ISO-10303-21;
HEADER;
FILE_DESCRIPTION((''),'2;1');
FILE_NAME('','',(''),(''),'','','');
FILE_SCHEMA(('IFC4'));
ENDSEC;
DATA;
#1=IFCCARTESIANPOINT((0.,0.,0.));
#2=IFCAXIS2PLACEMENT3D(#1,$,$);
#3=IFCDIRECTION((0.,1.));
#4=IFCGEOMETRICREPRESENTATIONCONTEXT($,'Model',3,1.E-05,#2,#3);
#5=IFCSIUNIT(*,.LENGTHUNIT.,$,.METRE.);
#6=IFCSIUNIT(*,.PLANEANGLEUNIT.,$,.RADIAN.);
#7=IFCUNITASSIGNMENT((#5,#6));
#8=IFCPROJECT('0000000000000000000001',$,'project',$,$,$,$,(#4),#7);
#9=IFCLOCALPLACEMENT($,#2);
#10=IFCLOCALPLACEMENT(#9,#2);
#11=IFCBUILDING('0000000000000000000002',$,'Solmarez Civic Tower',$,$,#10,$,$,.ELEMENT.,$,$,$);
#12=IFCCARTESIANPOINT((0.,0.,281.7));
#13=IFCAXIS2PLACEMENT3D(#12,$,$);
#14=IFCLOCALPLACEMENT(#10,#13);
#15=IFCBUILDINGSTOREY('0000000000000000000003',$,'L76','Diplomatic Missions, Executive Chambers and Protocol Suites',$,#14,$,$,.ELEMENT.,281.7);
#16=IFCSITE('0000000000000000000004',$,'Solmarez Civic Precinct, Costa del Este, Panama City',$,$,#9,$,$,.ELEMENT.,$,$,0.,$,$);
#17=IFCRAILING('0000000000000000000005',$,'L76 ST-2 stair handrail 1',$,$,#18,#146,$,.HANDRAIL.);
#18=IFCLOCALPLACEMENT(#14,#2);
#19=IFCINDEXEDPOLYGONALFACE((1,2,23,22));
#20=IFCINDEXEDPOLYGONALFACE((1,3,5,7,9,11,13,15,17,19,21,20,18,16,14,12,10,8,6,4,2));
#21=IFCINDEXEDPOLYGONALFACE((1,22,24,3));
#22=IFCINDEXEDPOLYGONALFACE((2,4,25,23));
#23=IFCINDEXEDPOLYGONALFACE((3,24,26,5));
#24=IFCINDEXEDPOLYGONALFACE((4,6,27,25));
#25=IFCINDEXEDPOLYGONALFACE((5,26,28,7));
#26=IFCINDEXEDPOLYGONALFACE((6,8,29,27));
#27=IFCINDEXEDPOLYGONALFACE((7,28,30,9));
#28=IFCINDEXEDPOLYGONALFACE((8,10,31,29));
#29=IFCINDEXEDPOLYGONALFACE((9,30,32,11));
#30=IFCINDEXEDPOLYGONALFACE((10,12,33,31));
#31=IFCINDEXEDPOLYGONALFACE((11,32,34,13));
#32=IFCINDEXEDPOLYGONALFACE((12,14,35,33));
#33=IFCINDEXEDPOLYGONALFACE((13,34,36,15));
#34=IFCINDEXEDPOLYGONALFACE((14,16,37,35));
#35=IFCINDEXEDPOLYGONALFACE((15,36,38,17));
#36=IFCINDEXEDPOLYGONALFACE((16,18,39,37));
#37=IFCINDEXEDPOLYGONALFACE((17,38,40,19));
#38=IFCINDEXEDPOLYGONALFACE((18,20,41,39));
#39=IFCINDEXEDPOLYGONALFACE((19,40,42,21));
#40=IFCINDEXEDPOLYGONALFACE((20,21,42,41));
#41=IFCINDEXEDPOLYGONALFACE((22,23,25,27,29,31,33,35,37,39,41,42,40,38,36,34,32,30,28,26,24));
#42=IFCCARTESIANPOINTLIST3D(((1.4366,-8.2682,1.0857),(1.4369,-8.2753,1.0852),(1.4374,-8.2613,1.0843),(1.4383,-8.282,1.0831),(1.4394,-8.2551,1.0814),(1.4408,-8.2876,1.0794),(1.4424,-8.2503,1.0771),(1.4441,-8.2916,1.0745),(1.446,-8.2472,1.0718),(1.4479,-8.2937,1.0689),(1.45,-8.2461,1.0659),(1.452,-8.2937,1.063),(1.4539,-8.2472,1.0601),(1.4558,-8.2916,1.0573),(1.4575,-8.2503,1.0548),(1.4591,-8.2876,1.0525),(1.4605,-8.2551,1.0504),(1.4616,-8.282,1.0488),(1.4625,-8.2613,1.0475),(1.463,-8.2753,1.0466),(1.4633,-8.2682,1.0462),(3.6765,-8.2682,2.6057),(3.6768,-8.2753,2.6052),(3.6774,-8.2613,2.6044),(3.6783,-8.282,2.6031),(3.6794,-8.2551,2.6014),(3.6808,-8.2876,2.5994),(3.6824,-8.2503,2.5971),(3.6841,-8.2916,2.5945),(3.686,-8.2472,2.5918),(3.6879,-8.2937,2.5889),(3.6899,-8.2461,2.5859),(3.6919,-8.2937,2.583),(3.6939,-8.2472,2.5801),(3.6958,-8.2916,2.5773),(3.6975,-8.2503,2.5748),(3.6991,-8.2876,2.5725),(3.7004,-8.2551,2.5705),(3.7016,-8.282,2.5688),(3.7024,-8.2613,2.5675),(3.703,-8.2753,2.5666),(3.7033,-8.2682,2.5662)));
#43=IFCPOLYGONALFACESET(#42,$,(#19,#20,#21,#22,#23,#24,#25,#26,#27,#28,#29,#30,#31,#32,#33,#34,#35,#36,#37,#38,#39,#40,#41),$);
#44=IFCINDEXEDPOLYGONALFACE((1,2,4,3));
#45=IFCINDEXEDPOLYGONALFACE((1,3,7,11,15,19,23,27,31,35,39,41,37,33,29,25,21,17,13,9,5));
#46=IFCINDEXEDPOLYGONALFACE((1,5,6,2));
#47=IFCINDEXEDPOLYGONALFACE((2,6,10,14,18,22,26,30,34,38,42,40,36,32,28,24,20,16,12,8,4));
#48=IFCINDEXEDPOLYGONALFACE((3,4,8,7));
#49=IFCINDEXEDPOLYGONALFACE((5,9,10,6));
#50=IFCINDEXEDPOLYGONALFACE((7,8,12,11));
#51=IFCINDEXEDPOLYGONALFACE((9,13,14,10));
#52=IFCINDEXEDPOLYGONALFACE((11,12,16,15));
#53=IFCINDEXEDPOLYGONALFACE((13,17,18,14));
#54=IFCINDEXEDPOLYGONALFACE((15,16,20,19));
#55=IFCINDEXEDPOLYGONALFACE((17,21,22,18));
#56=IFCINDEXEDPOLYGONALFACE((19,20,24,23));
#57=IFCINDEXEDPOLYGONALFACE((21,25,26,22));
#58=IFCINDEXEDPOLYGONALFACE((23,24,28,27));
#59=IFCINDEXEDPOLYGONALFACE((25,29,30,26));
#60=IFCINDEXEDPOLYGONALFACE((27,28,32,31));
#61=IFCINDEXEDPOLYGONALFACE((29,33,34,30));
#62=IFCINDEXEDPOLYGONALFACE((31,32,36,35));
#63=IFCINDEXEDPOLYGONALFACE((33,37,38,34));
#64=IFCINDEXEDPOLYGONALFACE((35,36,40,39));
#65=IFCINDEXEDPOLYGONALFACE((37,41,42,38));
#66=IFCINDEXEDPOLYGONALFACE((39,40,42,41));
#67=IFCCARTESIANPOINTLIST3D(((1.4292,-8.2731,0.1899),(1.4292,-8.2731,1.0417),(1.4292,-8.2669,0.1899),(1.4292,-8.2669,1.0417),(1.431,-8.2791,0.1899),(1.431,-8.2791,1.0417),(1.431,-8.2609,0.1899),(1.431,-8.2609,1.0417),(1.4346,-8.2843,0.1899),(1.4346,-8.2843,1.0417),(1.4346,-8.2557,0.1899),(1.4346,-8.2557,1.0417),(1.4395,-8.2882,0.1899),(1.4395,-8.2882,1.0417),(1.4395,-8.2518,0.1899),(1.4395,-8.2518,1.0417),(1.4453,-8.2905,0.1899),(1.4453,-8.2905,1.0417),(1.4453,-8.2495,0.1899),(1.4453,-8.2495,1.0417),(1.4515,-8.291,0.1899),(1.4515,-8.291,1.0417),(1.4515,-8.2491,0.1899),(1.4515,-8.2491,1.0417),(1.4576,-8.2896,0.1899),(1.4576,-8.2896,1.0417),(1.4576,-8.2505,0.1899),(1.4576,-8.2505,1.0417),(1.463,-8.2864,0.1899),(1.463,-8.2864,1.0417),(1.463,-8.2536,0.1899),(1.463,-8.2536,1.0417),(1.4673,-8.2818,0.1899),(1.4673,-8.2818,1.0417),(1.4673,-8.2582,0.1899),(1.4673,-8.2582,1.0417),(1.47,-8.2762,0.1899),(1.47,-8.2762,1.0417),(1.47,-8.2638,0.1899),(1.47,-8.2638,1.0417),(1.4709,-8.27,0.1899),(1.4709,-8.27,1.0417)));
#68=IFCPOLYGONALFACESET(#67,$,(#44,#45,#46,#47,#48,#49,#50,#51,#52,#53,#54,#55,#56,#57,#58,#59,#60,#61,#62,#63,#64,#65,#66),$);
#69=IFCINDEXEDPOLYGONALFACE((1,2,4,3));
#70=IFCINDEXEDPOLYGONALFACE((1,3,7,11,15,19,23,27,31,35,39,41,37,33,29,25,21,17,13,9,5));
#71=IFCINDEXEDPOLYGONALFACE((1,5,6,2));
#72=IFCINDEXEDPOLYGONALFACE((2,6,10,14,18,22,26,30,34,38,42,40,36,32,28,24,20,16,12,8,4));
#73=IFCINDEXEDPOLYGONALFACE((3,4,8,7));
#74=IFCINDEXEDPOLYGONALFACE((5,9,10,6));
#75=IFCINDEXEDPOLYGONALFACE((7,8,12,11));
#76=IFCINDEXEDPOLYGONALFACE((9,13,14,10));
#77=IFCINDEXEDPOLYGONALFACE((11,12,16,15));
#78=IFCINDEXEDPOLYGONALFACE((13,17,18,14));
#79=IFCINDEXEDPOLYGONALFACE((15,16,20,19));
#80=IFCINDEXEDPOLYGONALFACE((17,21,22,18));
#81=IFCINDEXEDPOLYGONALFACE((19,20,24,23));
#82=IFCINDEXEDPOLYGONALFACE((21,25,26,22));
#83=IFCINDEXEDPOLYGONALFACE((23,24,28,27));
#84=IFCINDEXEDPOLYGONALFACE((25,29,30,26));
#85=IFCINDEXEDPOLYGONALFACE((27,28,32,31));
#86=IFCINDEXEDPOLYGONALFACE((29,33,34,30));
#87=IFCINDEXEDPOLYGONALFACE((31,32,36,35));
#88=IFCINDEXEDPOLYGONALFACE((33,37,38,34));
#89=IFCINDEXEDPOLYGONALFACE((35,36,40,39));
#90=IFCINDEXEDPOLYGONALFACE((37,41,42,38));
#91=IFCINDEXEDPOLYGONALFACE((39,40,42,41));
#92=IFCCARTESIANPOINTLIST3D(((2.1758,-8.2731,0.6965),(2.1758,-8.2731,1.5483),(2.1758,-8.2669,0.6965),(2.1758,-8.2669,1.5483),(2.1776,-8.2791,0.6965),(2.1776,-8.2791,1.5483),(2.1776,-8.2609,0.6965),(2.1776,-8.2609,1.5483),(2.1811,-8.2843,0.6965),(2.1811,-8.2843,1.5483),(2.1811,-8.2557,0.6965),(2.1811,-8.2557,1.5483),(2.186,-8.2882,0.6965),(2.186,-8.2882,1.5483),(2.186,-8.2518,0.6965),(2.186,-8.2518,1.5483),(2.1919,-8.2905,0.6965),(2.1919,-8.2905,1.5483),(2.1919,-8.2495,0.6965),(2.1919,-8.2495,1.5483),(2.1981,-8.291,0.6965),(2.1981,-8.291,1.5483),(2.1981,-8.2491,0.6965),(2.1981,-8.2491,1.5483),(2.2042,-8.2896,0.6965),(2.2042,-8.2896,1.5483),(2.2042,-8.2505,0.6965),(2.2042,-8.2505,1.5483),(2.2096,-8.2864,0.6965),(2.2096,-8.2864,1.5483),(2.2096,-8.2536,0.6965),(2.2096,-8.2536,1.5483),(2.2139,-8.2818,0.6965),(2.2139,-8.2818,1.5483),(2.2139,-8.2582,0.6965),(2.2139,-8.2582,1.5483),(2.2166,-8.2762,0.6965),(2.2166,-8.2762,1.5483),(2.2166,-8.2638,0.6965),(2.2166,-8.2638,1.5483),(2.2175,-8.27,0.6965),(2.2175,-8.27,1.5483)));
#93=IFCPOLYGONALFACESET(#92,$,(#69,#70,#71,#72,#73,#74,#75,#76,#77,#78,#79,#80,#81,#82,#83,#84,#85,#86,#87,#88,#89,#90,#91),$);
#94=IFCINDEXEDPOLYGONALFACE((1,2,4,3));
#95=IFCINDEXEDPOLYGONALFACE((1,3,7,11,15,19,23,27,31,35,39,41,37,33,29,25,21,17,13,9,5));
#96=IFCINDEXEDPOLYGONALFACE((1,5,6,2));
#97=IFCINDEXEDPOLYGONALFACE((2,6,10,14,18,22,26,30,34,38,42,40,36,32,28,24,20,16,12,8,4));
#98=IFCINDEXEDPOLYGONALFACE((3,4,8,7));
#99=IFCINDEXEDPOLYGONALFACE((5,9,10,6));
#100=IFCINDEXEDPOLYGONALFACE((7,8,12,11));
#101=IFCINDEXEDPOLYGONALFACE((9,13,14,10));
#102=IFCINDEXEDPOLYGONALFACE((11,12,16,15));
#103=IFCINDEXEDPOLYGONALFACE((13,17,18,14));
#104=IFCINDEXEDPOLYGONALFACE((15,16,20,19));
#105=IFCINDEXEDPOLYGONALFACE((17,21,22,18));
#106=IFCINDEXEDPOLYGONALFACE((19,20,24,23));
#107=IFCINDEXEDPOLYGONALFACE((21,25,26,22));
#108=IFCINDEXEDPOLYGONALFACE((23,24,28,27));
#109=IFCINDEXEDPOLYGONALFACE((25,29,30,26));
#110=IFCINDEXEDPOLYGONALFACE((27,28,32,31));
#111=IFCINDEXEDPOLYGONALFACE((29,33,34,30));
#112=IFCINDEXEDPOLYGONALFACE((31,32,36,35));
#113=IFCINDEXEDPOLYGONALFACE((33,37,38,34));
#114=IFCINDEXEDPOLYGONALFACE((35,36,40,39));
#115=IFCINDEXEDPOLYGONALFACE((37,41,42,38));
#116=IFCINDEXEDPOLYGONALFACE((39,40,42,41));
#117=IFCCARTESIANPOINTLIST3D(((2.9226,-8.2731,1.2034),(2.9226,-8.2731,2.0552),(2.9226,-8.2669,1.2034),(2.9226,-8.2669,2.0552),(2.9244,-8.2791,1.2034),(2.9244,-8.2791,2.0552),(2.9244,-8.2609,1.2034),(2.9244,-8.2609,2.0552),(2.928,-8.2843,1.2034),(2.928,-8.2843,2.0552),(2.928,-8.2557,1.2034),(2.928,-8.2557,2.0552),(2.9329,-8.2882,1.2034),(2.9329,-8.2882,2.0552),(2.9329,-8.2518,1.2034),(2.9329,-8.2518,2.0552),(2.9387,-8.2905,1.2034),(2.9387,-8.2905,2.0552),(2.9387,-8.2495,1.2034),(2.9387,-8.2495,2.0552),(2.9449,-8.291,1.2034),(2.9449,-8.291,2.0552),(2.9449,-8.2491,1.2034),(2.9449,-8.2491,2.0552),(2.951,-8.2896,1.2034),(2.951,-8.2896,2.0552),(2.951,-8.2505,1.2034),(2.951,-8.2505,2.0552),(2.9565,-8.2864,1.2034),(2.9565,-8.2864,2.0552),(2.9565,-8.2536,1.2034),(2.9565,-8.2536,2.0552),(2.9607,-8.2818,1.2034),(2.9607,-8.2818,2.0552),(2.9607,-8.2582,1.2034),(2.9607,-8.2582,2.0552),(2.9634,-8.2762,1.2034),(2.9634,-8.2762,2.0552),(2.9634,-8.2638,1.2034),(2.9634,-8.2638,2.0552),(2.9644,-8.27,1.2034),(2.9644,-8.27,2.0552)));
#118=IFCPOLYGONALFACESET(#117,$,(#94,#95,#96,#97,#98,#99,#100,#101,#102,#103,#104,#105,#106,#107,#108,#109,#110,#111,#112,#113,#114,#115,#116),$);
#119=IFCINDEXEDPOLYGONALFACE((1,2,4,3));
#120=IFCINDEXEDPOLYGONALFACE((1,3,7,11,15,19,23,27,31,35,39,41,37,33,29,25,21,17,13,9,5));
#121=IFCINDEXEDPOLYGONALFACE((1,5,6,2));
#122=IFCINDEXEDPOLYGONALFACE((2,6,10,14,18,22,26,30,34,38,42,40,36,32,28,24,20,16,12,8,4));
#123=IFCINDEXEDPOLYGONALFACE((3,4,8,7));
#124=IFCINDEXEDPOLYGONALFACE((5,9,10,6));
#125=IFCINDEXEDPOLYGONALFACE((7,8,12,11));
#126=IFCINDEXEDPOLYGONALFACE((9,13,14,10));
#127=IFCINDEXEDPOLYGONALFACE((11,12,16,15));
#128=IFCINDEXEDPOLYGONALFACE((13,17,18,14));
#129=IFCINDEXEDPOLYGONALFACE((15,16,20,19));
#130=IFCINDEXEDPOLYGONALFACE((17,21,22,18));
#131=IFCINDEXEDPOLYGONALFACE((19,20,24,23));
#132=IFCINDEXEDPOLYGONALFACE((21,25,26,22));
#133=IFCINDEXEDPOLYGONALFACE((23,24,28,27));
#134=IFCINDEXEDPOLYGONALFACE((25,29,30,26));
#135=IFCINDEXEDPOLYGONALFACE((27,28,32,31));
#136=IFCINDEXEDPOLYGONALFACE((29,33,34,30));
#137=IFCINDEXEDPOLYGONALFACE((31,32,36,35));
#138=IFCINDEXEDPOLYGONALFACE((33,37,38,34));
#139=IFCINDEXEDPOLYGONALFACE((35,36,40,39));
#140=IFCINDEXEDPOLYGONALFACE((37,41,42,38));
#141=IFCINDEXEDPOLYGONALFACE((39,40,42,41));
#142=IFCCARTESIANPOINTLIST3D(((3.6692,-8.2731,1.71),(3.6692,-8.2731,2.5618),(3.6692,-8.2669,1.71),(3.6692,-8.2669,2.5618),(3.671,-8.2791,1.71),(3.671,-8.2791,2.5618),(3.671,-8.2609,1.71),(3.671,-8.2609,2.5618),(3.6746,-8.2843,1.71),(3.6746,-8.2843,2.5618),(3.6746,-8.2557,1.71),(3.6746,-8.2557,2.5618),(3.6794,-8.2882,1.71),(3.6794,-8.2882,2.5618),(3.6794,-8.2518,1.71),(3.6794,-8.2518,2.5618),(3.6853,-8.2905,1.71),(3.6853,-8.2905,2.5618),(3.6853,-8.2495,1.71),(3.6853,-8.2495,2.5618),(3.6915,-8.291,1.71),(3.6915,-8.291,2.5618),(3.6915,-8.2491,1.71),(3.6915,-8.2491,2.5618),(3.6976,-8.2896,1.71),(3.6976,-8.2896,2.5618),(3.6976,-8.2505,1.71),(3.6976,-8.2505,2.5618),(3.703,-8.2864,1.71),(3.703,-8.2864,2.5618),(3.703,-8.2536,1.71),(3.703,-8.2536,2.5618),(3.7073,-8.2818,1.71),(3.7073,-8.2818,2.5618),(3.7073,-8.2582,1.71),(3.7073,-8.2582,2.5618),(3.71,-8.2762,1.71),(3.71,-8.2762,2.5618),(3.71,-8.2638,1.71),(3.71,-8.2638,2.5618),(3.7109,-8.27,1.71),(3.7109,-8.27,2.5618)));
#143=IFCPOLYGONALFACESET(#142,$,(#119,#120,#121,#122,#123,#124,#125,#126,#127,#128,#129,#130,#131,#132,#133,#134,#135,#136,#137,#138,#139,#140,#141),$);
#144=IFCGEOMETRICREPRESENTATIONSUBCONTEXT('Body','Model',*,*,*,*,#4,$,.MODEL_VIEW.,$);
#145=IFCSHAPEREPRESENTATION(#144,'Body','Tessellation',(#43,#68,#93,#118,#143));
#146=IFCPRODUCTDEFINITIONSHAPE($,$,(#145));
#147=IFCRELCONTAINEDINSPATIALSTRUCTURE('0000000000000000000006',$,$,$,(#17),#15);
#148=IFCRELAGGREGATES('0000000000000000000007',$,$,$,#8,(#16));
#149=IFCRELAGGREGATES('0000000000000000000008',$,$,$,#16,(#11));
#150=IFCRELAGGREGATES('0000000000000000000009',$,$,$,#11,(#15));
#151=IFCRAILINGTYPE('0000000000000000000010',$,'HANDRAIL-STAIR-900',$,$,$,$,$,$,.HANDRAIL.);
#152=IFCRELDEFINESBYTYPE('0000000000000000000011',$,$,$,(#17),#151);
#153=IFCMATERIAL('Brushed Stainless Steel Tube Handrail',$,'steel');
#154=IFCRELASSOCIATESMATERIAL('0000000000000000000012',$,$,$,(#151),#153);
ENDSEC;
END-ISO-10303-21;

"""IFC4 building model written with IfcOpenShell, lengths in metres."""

from ifc_helpers import new_model, si_unit, direction, frame, origin, origin_2d, place, context, subcontext, project, spatial, circle, extrude, material, type_object, element, save


model = new_model("IFC4")

# Units and contexts
model_context = context("Model", 3, precision=1e-05, world=origin(), true_north=direction((0.0, 1.0)))
body_context = subcontext(model_context, "Body", "Model", "MODEL_VIEW")
ifc_project = project(units=[si_unit("LENGTHUNIT", "METRE"), si_unit("PLANEANGLEUNIT", "RADIAN")], contexts=[model_context])

# Site, building, storey
site_placement = place(None, origin())
site = spatial("IfcSite", under=ifc_project, at=site_placement, Name="Solmarez Civic Precinct, Costa del Este, Panama City", CompositionType="ELEMENT", RefElevation=0.0)
building_placement = place(site_placement, origin())
building = spatial("IfcBuilding", under=site, at=building_placement, Name="Solmarez Civic Tower", CompositionType="ELEMENT")
storey_placement = place(building_placement, frame((0.0, 0.0, 281.7)))
storey = spatial("IfcBuildingStorey", under=building, at=storey_placement, Name="L76", Description="Diplomatic Missions, Executive Chambers and Protocol Suites", CompositionType="ELEMENT", Elevation=281.7)

# Railing
ifc_material_1 = material(Name="Brushed Stainless Steel Tube Handrail", Category="steel")
railing_type_1 = type_object("IfcRailingType", Name="HANDRAIL-STAIR-900", PredefinedType="HANDRAIL", material=ifc_material_1)
railing_1_placement = place(storey_placement, frame((1.45, -8.27, 0.1899)))
element("IfcRailing", 1, at=railing_1_placement, inside=storey, type_object=railing_type_1, Name="L76 ST-2 stair handrail 1", PredefinedType="HANDRAIL", context=body_context, shape_type="SweptSolid", body=[
    extrude(circle(Radius=0.0239, at=origin_2d()), frame((0.0, 0.0, 0.876), z_axis=(0.827471, 0.0, 0.561508), x_axis=(0.0, 1.0, 0.0)), (0.0, 0.0, 1.0), 2.707),
    extrude(circle(Radius=0.021, at=origin_2d()), origin(), (0.0, 0.0, 1.0), 0.8518),
    extrude(circle(Radius=0.021, at=origin_2d()), frame((0.7466, 0.0, 0.5066)), (0.0, 0.0, 1.0), 0.8518),
    extrude(circle(Radius=0.021, at=origin_2d()), frame((1.4934, 0.0, 1.0134)), (0.0, 0.0, 1.0), 0.8518),
    extrude(circle(Radius=0.021, at=origin_2d()), frame((2.24, 0.0, 1.52)), (0.0, 0.0, 1.0), 0.8518),
])

save(model, "model.ifc")
